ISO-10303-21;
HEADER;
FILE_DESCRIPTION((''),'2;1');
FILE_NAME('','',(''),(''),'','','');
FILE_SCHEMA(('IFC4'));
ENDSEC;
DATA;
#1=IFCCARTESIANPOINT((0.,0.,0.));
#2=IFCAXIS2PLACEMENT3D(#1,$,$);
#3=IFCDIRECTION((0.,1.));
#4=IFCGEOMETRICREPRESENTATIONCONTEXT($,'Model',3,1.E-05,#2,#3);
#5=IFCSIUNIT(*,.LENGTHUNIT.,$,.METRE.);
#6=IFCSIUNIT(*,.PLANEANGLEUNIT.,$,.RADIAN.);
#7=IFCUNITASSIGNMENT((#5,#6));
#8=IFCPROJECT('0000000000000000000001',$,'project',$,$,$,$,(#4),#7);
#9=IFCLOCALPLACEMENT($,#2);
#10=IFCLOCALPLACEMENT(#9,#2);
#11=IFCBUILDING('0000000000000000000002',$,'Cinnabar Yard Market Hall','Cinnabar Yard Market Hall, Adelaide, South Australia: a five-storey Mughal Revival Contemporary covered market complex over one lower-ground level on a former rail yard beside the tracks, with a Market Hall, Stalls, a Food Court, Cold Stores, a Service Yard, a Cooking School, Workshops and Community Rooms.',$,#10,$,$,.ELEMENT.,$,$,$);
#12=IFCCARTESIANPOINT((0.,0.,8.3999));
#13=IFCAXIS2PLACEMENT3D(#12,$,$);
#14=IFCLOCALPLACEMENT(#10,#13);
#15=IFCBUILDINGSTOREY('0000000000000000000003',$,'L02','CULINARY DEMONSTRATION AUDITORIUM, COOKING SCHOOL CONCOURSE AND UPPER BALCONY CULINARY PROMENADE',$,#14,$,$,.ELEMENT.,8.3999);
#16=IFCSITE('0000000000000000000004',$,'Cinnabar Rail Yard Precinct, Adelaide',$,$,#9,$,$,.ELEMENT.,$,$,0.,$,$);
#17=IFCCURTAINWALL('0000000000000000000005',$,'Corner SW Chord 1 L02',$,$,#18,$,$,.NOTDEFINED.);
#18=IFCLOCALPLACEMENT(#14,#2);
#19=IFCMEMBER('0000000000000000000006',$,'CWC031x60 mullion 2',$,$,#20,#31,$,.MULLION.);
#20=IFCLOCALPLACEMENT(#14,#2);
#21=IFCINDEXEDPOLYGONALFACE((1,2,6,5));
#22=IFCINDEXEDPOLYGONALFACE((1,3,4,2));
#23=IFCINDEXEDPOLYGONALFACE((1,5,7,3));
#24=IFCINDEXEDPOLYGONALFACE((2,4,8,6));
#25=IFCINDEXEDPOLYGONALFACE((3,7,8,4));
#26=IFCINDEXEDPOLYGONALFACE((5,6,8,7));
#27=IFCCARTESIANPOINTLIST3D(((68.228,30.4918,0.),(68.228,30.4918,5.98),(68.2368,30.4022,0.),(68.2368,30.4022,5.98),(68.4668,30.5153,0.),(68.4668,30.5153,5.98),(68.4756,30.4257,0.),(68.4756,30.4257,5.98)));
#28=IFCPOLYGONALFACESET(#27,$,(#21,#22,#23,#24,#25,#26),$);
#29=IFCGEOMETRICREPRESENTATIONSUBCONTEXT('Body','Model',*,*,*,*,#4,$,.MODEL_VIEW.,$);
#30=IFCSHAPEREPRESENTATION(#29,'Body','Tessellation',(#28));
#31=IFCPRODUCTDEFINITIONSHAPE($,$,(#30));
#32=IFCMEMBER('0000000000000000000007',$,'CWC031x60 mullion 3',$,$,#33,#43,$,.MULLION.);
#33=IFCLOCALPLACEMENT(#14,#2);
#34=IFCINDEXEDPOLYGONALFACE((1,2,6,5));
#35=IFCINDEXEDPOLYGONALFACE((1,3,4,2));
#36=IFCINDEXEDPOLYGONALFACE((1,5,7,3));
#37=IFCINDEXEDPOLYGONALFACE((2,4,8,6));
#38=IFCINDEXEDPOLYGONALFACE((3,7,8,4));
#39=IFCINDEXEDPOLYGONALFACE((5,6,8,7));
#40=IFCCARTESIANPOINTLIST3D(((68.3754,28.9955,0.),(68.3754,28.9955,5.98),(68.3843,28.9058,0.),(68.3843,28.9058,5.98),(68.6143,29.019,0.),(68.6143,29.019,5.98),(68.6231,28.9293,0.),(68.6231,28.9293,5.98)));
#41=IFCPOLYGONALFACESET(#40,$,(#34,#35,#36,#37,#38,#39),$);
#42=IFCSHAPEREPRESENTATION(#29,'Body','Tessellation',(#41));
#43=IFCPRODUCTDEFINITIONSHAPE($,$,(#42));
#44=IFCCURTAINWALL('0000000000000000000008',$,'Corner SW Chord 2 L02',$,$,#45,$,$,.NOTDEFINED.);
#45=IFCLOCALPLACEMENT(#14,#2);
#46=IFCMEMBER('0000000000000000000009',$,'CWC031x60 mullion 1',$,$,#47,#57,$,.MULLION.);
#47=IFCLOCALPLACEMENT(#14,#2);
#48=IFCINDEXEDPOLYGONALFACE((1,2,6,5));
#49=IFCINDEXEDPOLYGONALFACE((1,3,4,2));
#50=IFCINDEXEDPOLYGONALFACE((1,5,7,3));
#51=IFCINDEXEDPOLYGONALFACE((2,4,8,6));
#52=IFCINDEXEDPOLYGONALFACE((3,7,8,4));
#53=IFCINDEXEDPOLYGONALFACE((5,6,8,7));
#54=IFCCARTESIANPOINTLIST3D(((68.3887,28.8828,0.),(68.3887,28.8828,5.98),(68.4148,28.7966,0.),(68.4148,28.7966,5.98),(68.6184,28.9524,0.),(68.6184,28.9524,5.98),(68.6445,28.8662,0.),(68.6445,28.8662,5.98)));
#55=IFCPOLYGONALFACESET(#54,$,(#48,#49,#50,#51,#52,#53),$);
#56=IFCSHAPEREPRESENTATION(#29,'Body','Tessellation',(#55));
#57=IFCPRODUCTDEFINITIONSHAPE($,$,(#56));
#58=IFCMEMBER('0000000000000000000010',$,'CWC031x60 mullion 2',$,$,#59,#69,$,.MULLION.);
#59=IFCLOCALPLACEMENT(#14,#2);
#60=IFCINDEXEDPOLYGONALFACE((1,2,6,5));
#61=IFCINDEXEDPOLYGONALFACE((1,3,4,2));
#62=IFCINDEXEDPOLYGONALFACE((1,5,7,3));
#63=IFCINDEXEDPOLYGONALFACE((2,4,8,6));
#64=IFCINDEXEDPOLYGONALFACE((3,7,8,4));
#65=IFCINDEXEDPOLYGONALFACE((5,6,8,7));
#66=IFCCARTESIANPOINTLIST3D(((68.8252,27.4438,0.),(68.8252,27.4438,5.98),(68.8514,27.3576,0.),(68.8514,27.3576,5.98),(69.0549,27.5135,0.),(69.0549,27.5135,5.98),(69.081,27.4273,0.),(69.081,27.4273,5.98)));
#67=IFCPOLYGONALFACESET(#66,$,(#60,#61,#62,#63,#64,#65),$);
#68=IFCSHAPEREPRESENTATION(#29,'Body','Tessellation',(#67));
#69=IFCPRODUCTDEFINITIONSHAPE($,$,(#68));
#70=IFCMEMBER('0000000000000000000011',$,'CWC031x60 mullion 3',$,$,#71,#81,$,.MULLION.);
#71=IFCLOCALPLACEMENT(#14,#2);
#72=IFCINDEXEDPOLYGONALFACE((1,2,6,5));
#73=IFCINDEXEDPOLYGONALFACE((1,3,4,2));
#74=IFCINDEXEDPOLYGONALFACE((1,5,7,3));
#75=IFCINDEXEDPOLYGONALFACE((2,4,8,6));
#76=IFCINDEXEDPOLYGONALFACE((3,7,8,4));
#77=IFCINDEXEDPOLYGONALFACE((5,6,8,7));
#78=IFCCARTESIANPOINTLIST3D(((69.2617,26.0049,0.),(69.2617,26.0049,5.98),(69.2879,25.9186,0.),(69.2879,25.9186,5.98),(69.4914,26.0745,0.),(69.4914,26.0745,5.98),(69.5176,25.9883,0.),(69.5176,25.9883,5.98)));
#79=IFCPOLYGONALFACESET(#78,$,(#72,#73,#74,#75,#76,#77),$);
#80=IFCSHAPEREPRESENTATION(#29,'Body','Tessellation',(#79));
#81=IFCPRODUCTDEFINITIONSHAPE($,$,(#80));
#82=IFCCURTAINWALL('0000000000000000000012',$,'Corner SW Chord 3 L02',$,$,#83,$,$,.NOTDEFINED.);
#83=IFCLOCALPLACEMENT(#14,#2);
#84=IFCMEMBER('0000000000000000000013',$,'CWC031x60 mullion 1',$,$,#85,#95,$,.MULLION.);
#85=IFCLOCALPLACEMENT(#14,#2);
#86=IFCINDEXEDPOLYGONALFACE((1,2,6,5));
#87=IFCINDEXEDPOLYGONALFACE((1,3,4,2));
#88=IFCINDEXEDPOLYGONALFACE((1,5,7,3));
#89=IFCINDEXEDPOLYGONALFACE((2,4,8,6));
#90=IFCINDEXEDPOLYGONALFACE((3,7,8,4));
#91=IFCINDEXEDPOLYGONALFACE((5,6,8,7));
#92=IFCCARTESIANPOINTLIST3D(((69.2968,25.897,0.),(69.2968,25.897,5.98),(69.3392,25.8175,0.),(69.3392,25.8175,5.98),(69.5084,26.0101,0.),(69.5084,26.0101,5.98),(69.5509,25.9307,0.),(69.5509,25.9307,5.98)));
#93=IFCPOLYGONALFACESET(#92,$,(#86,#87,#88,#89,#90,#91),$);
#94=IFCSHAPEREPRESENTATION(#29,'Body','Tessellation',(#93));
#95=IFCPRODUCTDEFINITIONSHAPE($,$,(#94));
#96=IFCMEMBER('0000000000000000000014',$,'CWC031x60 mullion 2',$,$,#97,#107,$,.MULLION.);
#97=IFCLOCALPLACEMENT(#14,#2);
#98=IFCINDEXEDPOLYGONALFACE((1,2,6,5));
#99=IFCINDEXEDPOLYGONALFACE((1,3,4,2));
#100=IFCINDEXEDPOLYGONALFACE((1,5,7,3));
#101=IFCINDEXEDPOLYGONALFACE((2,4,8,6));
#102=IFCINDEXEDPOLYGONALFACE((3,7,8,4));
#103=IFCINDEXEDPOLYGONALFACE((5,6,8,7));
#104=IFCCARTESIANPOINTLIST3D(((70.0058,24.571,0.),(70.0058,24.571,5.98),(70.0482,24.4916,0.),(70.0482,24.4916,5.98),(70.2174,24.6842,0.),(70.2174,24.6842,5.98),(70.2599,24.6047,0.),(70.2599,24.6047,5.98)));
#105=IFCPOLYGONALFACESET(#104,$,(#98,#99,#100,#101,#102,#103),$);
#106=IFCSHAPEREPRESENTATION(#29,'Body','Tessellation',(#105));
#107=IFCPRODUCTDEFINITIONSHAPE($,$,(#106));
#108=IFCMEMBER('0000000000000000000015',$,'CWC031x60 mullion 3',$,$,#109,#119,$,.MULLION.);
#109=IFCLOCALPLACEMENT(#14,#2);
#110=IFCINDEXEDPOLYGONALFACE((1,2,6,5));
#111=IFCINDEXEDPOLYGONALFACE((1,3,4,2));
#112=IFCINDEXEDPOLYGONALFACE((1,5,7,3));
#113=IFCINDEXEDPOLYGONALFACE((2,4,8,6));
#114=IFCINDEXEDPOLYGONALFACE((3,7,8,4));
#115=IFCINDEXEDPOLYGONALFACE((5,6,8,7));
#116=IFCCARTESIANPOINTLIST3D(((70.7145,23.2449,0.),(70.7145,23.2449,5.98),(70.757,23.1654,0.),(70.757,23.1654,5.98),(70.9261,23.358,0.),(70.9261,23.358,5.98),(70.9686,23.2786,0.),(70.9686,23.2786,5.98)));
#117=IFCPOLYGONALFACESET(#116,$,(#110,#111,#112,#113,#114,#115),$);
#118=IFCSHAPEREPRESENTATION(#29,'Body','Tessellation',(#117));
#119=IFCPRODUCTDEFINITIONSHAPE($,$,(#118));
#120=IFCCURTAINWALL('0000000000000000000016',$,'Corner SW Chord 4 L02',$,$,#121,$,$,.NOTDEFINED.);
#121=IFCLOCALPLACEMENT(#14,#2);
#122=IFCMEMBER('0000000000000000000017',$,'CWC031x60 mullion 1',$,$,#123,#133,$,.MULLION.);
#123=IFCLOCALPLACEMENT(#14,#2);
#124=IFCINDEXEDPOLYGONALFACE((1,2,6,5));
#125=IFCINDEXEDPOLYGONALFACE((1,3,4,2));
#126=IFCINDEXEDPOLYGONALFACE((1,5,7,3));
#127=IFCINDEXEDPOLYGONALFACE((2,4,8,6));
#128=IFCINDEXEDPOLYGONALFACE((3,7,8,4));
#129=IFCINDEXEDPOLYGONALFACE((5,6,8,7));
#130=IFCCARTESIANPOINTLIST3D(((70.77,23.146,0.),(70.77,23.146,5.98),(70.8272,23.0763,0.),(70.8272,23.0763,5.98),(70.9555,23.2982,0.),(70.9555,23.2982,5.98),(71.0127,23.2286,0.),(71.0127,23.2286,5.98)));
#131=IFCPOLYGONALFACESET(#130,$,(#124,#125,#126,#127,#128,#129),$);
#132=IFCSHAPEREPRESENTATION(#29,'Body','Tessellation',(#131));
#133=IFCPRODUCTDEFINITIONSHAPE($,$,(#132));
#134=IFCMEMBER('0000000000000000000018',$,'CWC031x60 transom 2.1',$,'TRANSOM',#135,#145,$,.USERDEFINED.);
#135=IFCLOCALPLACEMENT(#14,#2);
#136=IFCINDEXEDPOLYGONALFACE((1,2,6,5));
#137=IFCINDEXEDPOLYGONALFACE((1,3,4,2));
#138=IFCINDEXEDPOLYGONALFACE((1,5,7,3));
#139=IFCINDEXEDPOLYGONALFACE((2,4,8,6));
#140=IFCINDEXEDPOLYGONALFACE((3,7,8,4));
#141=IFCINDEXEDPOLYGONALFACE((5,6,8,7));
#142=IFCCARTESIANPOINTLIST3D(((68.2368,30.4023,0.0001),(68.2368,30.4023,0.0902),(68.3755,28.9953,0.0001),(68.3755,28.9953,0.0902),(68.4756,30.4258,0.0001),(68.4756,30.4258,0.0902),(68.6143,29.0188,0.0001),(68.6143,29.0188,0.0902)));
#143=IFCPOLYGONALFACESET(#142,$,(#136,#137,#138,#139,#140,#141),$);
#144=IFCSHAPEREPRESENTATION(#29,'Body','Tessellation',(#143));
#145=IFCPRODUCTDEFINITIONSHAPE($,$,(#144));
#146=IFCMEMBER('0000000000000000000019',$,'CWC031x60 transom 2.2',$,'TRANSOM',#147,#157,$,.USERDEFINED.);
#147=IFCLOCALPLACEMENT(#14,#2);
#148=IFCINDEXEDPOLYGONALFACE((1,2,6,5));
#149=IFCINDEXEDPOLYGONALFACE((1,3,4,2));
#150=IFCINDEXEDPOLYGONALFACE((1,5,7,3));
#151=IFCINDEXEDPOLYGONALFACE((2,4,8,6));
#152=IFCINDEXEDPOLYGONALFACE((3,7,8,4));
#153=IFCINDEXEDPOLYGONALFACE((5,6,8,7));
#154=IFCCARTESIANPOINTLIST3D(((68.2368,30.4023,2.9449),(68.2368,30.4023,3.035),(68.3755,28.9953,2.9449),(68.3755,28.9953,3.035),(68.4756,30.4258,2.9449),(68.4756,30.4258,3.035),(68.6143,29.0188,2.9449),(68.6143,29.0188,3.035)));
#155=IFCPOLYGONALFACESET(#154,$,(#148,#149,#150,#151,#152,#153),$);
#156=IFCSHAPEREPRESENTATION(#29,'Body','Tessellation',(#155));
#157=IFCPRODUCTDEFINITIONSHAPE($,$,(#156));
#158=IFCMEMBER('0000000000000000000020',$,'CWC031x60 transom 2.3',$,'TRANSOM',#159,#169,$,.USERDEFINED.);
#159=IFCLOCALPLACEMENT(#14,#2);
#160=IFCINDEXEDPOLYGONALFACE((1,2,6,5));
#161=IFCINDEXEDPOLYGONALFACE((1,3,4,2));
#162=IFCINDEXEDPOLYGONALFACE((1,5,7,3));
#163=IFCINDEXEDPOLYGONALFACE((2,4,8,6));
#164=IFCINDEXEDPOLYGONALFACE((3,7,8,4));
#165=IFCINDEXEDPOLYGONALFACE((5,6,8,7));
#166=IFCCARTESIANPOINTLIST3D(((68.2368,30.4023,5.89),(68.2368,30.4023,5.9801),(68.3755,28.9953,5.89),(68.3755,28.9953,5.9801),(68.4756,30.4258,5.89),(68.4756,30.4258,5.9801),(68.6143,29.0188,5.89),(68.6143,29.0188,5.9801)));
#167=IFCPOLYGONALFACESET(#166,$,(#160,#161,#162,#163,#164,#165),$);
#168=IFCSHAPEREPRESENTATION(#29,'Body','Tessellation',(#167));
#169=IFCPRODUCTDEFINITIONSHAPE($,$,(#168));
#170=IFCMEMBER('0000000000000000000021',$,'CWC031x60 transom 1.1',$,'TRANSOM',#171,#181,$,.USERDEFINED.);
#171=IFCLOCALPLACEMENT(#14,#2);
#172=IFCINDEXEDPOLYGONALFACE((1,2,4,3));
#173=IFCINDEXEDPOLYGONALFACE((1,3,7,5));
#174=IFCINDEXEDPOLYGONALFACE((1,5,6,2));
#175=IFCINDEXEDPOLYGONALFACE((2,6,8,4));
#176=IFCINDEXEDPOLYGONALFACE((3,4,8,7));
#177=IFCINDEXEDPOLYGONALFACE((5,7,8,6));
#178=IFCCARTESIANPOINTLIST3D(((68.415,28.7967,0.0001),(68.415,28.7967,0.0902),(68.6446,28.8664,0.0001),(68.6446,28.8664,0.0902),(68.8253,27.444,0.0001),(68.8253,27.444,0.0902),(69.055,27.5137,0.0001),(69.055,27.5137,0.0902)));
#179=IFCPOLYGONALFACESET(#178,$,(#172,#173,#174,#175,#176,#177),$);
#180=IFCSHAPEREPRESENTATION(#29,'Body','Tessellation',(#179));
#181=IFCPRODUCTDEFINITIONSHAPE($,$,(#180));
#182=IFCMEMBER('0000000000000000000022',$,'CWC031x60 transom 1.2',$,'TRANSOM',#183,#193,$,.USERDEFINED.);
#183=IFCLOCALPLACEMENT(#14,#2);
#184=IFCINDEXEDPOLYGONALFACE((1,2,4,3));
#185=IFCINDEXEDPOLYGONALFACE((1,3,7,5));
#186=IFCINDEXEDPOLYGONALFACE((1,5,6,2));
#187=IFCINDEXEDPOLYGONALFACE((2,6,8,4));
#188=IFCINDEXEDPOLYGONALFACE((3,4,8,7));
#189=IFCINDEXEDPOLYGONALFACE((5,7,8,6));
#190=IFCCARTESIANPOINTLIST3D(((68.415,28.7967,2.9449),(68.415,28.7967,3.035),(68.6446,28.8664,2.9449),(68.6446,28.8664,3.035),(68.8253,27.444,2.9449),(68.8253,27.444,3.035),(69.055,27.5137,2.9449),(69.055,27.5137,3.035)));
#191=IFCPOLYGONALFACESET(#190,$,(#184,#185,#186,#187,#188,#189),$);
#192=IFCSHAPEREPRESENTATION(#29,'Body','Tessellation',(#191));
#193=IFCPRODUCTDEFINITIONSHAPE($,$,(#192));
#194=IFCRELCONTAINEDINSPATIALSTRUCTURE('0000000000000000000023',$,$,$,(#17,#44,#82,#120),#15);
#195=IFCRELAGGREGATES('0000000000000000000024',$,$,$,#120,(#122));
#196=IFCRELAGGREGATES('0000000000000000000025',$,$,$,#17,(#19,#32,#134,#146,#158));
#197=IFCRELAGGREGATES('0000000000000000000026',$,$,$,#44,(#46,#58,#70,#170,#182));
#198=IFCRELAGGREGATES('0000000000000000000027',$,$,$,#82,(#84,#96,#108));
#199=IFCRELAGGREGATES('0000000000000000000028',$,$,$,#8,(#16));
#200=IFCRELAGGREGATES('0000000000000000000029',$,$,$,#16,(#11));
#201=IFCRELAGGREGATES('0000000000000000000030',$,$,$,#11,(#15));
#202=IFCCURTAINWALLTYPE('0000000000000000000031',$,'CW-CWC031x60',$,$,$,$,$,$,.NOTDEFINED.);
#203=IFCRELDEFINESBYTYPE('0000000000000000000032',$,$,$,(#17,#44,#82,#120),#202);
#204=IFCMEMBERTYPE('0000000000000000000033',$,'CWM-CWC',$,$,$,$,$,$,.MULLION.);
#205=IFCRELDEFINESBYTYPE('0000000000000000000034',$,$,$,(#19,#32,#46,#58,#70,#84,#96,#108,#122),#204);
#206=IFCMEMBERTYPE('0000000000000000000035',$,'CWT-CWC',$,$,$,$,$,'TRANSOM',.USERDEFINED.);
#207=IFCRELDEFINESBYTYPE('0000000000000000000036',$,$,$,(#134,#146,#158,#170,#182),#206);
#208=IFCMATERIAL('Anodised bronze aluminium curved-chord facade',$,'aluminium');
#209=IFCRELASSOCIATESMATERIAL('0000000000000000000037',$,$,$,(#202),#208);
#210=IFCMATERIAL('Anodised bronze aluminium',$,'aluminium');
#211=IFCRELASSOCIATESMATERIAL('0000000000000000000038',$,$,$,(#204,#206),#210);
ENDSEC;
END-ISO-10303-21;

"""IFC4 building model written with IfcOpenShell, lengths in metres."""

from ifc_helpers import new_model, si_unit, direction, frame, origin, origin_2d_with_axis, place, context, subcontext, project, spatial, rectangle, extrude, material, material_profile, profile_set, type_object, element, aggregate, save


model = new_model("IFC4")

# Units and contexts
model_context = context("Model", 3, precision=1e-05, world=origin(), true_north=direction((0.0, 1.0)))
body_context = subcontext(model_context, "Body", "Model", "MODEL_VIEW")
ifc_project = project(units=[si_unit("LENGTHUNIT", "METRE"), si_unit("PLANEANGLEUNIT", "RADIAN")], contexts=[model_context])

# Site, building, storey
site_placement = place(None, origin())
site = spatial("IfcSite", under=ifc_project, at=site_placement, Name="Cinnabar Rail Yard Precinct, Adelaide", CompositionType="ELEMENT", RefElevation=0.0)
building_placement = place(site_placement, origin())
building = spatial("IfcBuilding", under=site, at=building_placement, Name="Cinnabar Yard Market Hall", Description="Cinnabar Yard Market Hall, Adelaide, South Australia: a five-storey Mughal Revival Contemporary covered market complex over one lower-ground level on a former rail yard beside the tracks, with a Market Hall, Stalls, a Food Court, Cold Stores, a Service Yard, a Cooking School, Workshops and Community Rooms.", CompositionType="ELEMENT")
storey_placement = place(building_placement, frame((0.0, 0.0, 8.3999)))
storey = spatial("IfcBuildingStorey", under=building, at=storey_placement, Name="L02", Description="CULINARY DEMONSTRATION AUDITORIUM, COOKING SCHOOL CONCOURSE AND UPPER BALCONY CULINARY PROMENADE", CompositionType="ELEMENT", Elevation=8.3999)

# Curtain walls, members
ifc_material_1 = material(Name="Anodised bronze aluminium curved-chord facade", Category="aluminium")
curtain_wall_type = type_object("IfcCurtainWallType", Name="CW-CWC031x60", PredefinedType="NOTDEFINED", material=ifc_material_1)
curtain_wall_1_placement = place(storey_placement, origin())
curtain_wall_1 = element("IfcCurtainWall", 1, at=curtain_wall_1_placement, inside=storey, type_object=curtain_wall_type, Name="Corner SW Chord 1 L02", PredefinedType="NOTDEFINED")
ifc_material_2 = material(Name="Anodised bronze aluminium", Category="aluminium")
ifc_material_profile_1 = material_profile(ifc_material_2, rectangle(XDim=0.24, YDim=0.0901, at=origin_2d_with_axis()), Name="MUL-CWC")
ifc_profile_set_1 = profile_set([ifc_material_profile_1], Name="Anodised bronze aluminium")
member_type_1 = type_object("IfcMemberType", Name="CWM-CWC", PredefinedType="MULLION", material=ifc_profile_set_1)
member_1_placement = place(storey_placement, frame((68.3518, 30.4587, 0.0), z_axis=(0.0, 0.0, 1.0), x_axis=(0.995184, 0.09802, 0.0)))
member_1 = element("IfcMember", 2, at=member_1_placement, type_object=member_type_1, Name="CWC031x60 mullion 2", PredefinedType="MULLION", context=body_context, shape_type="SweptSolid", body=[
    extrude(rectangle(XDim=0.24, YDim=0.0901, at=origin_2d_with_axis()), origin(), (0.0, 0.0, 1.0), 5.98),
])
member_2_placement = place(storey_placement, frame((68.4993, 28.9624, 0.0), z_axis=(0.0, 0.0, 1.0), x_axis=(0.995184, 0.09802, 0.0)))
member_2 = element("IfcMember", 3, at=member_2_placement, type_object=member_type_1, Name="CWC031x60 mullion 3", PredefinedType="MULLION", context=body_context, shape_type="SweptSolid", body=[
    extrude(rectangle(XDim=0.24, YDim=0.0901, at=origin_2d_with_axis()), origin(), (0.0, 0.0, 1.0), 5.98),
])
curtain_wall_2_placement = place(storey_placement, origin())
curtain_wall_2 = element("IfcCurtainWall", 4, at=curtain_wall_2_placement, inside=storey, type_object=curtain_wall_type, Name="Corner SW Chord 2 L02", PredefinedType="NOTDEFINED")
member_3_placement = place(storey_placement, frame((68.5166, 28.8745, 0.0), z_axis=(0.0, 0.0, 1.0), x_axis=(0.956942, 0.290279, 0.0)))
member_3 = element("IfcMember", 5, at=member_3_placement, type_object=member_type_1, Name="CWC031x60 mullion 1", PredefinedType="MULLION", context=body_context, shape_type="SweptSolid", body=[
    extrude(rectangle(XDim=0.24, YDim=0.0901, at=origin_2d_with_axis()), origin(), (0.0, 0.0, 1.0), 5.98),
])
member_4_placement = place(storey_placement, frame((68.9531, 27.4355, 0.0), z_axis=(0.0, 0.0, 1.0), x_axis=(0.956942, 0.290279, 0.0)))
member_4 = element("IfcMember", 6, at=member_4_placement, type_object=member_type_1, Name="CWC031x60 mullion 2", PredefinedType="MULLION", context=body_context, shape_type="SweptSolid", body=[
    extrude(rectangle(XDim=0.24, YDim=0.0901, at=origin_2d_with_axis()), origin(), (0.0, 0.0, 1.0), 5.98),
])
member_5_placement = place(storey_placement, frame((69.3896, 25.9966, 0.0), z_axis=(0.0, 0.0, 1.0), x_axis=(0.956942, 0.290279, 0.0)))
member_5 = element("IfcMember", 7, at=member_5_placement, type_object=member_type_1, Name="CWC031x60 mullion 3", PredefinedType="MULLION", context=body_context, shape_type="SweptSolid", body=[
    extrude(rectangle(XDim=0.24, YDim=0.0901, at=origin_2d_with_axis()), origin(), (0.0, 0.0, 1.0), 5.98),
])
curtain_wall_3_placement = place(storey_placement, origin())
curtain_wall_3 = element("IfcCurtainWall", 8, at=curtain_wall_3_placement, inside=storey, type_object=curtain_wall_type, Name="Corner SW Chord 3 L02", PredefinedType="NOTDEFINED")
member_6_placement = place(storey_placement, frame((69.4238, 25.9138, 0.0), z_axis=(0.0, 0.0, 1.0), x_axis=(0.881917, 0.471404, 0.0)))
member_6 = element("IfcMember", 9, at=member_6_placement, type_object=member_type_1, Name="CWC031x60 mullion 1", PredefinedType="MULLION", context=body_context, shape_type="SweptSolid", body=[
    extrude(rectangle(XDim=0.24, YDim=0.0901, at=origin_2d_with_axis()), origin(), (0.0, 0.0, 1.0), 5.98),
])
member_7_placement = place(storey_placement, frame((70.1328, 24.5879, 0.0), z_axis=(0.0, 0.0, 1.0), x_axis=(0.881917, 0.471404, 0.0)))
member_7 = element("IfcMember", 10, at=member_7_placement, type_object=member_type_1, Name="CWC031x60 mullion 2", PredefinedType="MULLION", context=body_context, shape_type="SweptSolid", body=[
    extrude(rectangle(XDim=0.24, YDim=0.0901, at=origin_2d_with_axis()), origin(), (0.0, 0.0, 1.0), 5.98),
])
member_8_placement = place(storey_placement, frame((70.8416, 23.2617, 0.0), z_axis=(0.0, 0.0, 1.0), x_axis=(0.881917, 0.471404, 0.0)))
member_8 = element("IfcMember", 11, at=member_8_placement, type_object=member_type_1, Name="CWC031x60 mullion 3", PredefinedType="MULLION", context=body_context, shape_type="SweptSolid", body=[
    extrude(rectangle(XDim=0.24, YDim=0.0901, at=origin_2d_with_axis()), origin(), (0.0, 0.0, 1.0), 5.98),
])

# Curtain wall, member
curtain_wall_4_placement = place(storey_placement, origin())
curtain_wall_4 = element("IfcCurtainWall", 12, at=curtain_wall_4_placement, inside=storey, type_object=curtain_wall_type, Name="Corner SW Chord 4 L02", PredefinedType="NOTDEFINED")
member_9_placement = place(storey_placement, frame((70.8914, 23.1873, 0.0), z_axis=(0.0, 0.0, 1.0), x_axis=(0.773019, 0.634383, 0.0)))
member_9 = element("IfcMember", 13, at=member_9_placement, type_object=member_type_1, Name="CWC031x60 mullion 1", PredefinedType="MULLION", context=body_context, shape_type="SweptSolid", body=[
    extrude(rectangle(XDim=0.24, YDim=0.0901, at=origin_2d_with_axis()), origin(), (0.0, 0.0, 1.0), 5.98),
])

# Members
ifc_material_profile_2 = material_profile(ifc_material_2, rectangle(XDim=0.24, YDim=0.0901, at=origin_2d_with_axis()), Name="TRN-CWC")
ifc_profile_set_2 = profile_set([ifc_material_profile_2], Name="Anodised bronze aluminium")
member_type_2 = type_object("IfcMemberType", Name="CWT-CWC", ElementType="TRANSOM", PredefinedType="USERDEFINED", material=ifc_profile_set_2)
member_10_placement = place(storey_placement, frame((68.3562, 30.4141, 0.0452), z_axis=(0.098085, -0.995178, 0.0), x_axis=(0.995178, 0.098085, 0.0)))
member_10 = element("IfcMember", 14, at=member_10_placement, type_object=member_type_2, Name="CWC031x60 transom 2.1", ObjectType="TRANSOM", PredefinedType="USERDEFINED", context=body_context, shape_type="SweptSolid", body=[
    extrude(rectangle(XDim=0.24, YDim=0.0901, at=origin_2d_with_axis()), origin(), (0.0, 0.0, 1.0), 1.4138),
])
member_11_placement = place(storey_placement, frame((68.3562, 30.4141, 2.99), z_axis=(0.098085, -0.995178, 0.0), x_axis=(0.995178, 0.098085, 0.0)))
member_11 = element("IfcMember", 15, at=member_11_placement, type_object=member_type_2, Name="CWC031x60 transom 2.2", ObjectType="TRANSOM", PredefinedType="USERDEFINED", context=body_context, shape_type="SweptSolid", body=[
    extrude(rectangle(XDim=0.24, YDim=0.0901, at=origin_2d_with_axis()), origin(), (0.0, 0.0, 1.0), 1.4138),
])
member_12_placement = place(storey_placement, frame((68.3562, 30.4141, 5.9351), z_axis=(0.098085, -0.995178, 0.0), x_axis=(0.995178, 0.098085, 0.0)))
member_12 = element("IfcMember", 16, at=member_12_placement, type_object=member_type_2, Name="CWC031x60 transom 2.3", ObjectType="TRANSOM", PredefinedType="USERDEFINED", context=body_context, shape_type="SweptSolid", body=[
    extrude(rectangle(XDim=0.24, YDim=0.0901, at=origin_2d_with_axis()), origin(), (0.0, 0.0, 1.0), 1.4138),
])
member_13_placement = place(storey_placement, frame((68.5298, 28.8315, 0.0452), z_axis=(0.290309, -0.956933, 0.0), x_axis=(0.956933, 0.290309, 0.0)))
member_13 = element("IfcMember", 17, at=member_13_placement, type_object=member_type_2, Name="CWC031x60 transom 1.1", ObjectType="TRANSOM", PredefinedType="USERDEFINED", context=body_context, shape_type="SweptSolid", body=[
    extrude(rectangle(XDim=0.24, YDim=0.0901, at=origin_2d_with_axis()), origin(), (0.0, 0.0, 1.0), 1.4136),
])
member_14_placement = place(storey_placement, frame((68.5298, 28.8315, 2.99), z_axis=(0.290309, -0.956933, 0.0), x_axis=(0.956933, 0.290309, 0.0)))
member_14 = element("IfcMember", 18, at=member_14_placement, type_object=member_type_2, Name="CWC031x60 transom 1.2", ObjectType="TRANSOM", PredefinedType="USERDEFINED", context=body_context, shape_type="SweptSolid", body=[
    extrude(rectangle(XDim=0.24, YDim=0.0901, at=origin_2d_with_axis()), origin(), (0.0, 0.0, 1.0), 1.4136),
])
aggregate(curtain_wall_4, [member_9])

aggregate(curtain_wall_1, [member_1, member_2, member_10, member_11, member_12])
aggregate(curtain_wall_2, [member_3, member_4, member_5, member_13, member_14])
aggregate(curtain_wall_3, [member_6, member_7, member_8])

save(model, "model.ifc")
